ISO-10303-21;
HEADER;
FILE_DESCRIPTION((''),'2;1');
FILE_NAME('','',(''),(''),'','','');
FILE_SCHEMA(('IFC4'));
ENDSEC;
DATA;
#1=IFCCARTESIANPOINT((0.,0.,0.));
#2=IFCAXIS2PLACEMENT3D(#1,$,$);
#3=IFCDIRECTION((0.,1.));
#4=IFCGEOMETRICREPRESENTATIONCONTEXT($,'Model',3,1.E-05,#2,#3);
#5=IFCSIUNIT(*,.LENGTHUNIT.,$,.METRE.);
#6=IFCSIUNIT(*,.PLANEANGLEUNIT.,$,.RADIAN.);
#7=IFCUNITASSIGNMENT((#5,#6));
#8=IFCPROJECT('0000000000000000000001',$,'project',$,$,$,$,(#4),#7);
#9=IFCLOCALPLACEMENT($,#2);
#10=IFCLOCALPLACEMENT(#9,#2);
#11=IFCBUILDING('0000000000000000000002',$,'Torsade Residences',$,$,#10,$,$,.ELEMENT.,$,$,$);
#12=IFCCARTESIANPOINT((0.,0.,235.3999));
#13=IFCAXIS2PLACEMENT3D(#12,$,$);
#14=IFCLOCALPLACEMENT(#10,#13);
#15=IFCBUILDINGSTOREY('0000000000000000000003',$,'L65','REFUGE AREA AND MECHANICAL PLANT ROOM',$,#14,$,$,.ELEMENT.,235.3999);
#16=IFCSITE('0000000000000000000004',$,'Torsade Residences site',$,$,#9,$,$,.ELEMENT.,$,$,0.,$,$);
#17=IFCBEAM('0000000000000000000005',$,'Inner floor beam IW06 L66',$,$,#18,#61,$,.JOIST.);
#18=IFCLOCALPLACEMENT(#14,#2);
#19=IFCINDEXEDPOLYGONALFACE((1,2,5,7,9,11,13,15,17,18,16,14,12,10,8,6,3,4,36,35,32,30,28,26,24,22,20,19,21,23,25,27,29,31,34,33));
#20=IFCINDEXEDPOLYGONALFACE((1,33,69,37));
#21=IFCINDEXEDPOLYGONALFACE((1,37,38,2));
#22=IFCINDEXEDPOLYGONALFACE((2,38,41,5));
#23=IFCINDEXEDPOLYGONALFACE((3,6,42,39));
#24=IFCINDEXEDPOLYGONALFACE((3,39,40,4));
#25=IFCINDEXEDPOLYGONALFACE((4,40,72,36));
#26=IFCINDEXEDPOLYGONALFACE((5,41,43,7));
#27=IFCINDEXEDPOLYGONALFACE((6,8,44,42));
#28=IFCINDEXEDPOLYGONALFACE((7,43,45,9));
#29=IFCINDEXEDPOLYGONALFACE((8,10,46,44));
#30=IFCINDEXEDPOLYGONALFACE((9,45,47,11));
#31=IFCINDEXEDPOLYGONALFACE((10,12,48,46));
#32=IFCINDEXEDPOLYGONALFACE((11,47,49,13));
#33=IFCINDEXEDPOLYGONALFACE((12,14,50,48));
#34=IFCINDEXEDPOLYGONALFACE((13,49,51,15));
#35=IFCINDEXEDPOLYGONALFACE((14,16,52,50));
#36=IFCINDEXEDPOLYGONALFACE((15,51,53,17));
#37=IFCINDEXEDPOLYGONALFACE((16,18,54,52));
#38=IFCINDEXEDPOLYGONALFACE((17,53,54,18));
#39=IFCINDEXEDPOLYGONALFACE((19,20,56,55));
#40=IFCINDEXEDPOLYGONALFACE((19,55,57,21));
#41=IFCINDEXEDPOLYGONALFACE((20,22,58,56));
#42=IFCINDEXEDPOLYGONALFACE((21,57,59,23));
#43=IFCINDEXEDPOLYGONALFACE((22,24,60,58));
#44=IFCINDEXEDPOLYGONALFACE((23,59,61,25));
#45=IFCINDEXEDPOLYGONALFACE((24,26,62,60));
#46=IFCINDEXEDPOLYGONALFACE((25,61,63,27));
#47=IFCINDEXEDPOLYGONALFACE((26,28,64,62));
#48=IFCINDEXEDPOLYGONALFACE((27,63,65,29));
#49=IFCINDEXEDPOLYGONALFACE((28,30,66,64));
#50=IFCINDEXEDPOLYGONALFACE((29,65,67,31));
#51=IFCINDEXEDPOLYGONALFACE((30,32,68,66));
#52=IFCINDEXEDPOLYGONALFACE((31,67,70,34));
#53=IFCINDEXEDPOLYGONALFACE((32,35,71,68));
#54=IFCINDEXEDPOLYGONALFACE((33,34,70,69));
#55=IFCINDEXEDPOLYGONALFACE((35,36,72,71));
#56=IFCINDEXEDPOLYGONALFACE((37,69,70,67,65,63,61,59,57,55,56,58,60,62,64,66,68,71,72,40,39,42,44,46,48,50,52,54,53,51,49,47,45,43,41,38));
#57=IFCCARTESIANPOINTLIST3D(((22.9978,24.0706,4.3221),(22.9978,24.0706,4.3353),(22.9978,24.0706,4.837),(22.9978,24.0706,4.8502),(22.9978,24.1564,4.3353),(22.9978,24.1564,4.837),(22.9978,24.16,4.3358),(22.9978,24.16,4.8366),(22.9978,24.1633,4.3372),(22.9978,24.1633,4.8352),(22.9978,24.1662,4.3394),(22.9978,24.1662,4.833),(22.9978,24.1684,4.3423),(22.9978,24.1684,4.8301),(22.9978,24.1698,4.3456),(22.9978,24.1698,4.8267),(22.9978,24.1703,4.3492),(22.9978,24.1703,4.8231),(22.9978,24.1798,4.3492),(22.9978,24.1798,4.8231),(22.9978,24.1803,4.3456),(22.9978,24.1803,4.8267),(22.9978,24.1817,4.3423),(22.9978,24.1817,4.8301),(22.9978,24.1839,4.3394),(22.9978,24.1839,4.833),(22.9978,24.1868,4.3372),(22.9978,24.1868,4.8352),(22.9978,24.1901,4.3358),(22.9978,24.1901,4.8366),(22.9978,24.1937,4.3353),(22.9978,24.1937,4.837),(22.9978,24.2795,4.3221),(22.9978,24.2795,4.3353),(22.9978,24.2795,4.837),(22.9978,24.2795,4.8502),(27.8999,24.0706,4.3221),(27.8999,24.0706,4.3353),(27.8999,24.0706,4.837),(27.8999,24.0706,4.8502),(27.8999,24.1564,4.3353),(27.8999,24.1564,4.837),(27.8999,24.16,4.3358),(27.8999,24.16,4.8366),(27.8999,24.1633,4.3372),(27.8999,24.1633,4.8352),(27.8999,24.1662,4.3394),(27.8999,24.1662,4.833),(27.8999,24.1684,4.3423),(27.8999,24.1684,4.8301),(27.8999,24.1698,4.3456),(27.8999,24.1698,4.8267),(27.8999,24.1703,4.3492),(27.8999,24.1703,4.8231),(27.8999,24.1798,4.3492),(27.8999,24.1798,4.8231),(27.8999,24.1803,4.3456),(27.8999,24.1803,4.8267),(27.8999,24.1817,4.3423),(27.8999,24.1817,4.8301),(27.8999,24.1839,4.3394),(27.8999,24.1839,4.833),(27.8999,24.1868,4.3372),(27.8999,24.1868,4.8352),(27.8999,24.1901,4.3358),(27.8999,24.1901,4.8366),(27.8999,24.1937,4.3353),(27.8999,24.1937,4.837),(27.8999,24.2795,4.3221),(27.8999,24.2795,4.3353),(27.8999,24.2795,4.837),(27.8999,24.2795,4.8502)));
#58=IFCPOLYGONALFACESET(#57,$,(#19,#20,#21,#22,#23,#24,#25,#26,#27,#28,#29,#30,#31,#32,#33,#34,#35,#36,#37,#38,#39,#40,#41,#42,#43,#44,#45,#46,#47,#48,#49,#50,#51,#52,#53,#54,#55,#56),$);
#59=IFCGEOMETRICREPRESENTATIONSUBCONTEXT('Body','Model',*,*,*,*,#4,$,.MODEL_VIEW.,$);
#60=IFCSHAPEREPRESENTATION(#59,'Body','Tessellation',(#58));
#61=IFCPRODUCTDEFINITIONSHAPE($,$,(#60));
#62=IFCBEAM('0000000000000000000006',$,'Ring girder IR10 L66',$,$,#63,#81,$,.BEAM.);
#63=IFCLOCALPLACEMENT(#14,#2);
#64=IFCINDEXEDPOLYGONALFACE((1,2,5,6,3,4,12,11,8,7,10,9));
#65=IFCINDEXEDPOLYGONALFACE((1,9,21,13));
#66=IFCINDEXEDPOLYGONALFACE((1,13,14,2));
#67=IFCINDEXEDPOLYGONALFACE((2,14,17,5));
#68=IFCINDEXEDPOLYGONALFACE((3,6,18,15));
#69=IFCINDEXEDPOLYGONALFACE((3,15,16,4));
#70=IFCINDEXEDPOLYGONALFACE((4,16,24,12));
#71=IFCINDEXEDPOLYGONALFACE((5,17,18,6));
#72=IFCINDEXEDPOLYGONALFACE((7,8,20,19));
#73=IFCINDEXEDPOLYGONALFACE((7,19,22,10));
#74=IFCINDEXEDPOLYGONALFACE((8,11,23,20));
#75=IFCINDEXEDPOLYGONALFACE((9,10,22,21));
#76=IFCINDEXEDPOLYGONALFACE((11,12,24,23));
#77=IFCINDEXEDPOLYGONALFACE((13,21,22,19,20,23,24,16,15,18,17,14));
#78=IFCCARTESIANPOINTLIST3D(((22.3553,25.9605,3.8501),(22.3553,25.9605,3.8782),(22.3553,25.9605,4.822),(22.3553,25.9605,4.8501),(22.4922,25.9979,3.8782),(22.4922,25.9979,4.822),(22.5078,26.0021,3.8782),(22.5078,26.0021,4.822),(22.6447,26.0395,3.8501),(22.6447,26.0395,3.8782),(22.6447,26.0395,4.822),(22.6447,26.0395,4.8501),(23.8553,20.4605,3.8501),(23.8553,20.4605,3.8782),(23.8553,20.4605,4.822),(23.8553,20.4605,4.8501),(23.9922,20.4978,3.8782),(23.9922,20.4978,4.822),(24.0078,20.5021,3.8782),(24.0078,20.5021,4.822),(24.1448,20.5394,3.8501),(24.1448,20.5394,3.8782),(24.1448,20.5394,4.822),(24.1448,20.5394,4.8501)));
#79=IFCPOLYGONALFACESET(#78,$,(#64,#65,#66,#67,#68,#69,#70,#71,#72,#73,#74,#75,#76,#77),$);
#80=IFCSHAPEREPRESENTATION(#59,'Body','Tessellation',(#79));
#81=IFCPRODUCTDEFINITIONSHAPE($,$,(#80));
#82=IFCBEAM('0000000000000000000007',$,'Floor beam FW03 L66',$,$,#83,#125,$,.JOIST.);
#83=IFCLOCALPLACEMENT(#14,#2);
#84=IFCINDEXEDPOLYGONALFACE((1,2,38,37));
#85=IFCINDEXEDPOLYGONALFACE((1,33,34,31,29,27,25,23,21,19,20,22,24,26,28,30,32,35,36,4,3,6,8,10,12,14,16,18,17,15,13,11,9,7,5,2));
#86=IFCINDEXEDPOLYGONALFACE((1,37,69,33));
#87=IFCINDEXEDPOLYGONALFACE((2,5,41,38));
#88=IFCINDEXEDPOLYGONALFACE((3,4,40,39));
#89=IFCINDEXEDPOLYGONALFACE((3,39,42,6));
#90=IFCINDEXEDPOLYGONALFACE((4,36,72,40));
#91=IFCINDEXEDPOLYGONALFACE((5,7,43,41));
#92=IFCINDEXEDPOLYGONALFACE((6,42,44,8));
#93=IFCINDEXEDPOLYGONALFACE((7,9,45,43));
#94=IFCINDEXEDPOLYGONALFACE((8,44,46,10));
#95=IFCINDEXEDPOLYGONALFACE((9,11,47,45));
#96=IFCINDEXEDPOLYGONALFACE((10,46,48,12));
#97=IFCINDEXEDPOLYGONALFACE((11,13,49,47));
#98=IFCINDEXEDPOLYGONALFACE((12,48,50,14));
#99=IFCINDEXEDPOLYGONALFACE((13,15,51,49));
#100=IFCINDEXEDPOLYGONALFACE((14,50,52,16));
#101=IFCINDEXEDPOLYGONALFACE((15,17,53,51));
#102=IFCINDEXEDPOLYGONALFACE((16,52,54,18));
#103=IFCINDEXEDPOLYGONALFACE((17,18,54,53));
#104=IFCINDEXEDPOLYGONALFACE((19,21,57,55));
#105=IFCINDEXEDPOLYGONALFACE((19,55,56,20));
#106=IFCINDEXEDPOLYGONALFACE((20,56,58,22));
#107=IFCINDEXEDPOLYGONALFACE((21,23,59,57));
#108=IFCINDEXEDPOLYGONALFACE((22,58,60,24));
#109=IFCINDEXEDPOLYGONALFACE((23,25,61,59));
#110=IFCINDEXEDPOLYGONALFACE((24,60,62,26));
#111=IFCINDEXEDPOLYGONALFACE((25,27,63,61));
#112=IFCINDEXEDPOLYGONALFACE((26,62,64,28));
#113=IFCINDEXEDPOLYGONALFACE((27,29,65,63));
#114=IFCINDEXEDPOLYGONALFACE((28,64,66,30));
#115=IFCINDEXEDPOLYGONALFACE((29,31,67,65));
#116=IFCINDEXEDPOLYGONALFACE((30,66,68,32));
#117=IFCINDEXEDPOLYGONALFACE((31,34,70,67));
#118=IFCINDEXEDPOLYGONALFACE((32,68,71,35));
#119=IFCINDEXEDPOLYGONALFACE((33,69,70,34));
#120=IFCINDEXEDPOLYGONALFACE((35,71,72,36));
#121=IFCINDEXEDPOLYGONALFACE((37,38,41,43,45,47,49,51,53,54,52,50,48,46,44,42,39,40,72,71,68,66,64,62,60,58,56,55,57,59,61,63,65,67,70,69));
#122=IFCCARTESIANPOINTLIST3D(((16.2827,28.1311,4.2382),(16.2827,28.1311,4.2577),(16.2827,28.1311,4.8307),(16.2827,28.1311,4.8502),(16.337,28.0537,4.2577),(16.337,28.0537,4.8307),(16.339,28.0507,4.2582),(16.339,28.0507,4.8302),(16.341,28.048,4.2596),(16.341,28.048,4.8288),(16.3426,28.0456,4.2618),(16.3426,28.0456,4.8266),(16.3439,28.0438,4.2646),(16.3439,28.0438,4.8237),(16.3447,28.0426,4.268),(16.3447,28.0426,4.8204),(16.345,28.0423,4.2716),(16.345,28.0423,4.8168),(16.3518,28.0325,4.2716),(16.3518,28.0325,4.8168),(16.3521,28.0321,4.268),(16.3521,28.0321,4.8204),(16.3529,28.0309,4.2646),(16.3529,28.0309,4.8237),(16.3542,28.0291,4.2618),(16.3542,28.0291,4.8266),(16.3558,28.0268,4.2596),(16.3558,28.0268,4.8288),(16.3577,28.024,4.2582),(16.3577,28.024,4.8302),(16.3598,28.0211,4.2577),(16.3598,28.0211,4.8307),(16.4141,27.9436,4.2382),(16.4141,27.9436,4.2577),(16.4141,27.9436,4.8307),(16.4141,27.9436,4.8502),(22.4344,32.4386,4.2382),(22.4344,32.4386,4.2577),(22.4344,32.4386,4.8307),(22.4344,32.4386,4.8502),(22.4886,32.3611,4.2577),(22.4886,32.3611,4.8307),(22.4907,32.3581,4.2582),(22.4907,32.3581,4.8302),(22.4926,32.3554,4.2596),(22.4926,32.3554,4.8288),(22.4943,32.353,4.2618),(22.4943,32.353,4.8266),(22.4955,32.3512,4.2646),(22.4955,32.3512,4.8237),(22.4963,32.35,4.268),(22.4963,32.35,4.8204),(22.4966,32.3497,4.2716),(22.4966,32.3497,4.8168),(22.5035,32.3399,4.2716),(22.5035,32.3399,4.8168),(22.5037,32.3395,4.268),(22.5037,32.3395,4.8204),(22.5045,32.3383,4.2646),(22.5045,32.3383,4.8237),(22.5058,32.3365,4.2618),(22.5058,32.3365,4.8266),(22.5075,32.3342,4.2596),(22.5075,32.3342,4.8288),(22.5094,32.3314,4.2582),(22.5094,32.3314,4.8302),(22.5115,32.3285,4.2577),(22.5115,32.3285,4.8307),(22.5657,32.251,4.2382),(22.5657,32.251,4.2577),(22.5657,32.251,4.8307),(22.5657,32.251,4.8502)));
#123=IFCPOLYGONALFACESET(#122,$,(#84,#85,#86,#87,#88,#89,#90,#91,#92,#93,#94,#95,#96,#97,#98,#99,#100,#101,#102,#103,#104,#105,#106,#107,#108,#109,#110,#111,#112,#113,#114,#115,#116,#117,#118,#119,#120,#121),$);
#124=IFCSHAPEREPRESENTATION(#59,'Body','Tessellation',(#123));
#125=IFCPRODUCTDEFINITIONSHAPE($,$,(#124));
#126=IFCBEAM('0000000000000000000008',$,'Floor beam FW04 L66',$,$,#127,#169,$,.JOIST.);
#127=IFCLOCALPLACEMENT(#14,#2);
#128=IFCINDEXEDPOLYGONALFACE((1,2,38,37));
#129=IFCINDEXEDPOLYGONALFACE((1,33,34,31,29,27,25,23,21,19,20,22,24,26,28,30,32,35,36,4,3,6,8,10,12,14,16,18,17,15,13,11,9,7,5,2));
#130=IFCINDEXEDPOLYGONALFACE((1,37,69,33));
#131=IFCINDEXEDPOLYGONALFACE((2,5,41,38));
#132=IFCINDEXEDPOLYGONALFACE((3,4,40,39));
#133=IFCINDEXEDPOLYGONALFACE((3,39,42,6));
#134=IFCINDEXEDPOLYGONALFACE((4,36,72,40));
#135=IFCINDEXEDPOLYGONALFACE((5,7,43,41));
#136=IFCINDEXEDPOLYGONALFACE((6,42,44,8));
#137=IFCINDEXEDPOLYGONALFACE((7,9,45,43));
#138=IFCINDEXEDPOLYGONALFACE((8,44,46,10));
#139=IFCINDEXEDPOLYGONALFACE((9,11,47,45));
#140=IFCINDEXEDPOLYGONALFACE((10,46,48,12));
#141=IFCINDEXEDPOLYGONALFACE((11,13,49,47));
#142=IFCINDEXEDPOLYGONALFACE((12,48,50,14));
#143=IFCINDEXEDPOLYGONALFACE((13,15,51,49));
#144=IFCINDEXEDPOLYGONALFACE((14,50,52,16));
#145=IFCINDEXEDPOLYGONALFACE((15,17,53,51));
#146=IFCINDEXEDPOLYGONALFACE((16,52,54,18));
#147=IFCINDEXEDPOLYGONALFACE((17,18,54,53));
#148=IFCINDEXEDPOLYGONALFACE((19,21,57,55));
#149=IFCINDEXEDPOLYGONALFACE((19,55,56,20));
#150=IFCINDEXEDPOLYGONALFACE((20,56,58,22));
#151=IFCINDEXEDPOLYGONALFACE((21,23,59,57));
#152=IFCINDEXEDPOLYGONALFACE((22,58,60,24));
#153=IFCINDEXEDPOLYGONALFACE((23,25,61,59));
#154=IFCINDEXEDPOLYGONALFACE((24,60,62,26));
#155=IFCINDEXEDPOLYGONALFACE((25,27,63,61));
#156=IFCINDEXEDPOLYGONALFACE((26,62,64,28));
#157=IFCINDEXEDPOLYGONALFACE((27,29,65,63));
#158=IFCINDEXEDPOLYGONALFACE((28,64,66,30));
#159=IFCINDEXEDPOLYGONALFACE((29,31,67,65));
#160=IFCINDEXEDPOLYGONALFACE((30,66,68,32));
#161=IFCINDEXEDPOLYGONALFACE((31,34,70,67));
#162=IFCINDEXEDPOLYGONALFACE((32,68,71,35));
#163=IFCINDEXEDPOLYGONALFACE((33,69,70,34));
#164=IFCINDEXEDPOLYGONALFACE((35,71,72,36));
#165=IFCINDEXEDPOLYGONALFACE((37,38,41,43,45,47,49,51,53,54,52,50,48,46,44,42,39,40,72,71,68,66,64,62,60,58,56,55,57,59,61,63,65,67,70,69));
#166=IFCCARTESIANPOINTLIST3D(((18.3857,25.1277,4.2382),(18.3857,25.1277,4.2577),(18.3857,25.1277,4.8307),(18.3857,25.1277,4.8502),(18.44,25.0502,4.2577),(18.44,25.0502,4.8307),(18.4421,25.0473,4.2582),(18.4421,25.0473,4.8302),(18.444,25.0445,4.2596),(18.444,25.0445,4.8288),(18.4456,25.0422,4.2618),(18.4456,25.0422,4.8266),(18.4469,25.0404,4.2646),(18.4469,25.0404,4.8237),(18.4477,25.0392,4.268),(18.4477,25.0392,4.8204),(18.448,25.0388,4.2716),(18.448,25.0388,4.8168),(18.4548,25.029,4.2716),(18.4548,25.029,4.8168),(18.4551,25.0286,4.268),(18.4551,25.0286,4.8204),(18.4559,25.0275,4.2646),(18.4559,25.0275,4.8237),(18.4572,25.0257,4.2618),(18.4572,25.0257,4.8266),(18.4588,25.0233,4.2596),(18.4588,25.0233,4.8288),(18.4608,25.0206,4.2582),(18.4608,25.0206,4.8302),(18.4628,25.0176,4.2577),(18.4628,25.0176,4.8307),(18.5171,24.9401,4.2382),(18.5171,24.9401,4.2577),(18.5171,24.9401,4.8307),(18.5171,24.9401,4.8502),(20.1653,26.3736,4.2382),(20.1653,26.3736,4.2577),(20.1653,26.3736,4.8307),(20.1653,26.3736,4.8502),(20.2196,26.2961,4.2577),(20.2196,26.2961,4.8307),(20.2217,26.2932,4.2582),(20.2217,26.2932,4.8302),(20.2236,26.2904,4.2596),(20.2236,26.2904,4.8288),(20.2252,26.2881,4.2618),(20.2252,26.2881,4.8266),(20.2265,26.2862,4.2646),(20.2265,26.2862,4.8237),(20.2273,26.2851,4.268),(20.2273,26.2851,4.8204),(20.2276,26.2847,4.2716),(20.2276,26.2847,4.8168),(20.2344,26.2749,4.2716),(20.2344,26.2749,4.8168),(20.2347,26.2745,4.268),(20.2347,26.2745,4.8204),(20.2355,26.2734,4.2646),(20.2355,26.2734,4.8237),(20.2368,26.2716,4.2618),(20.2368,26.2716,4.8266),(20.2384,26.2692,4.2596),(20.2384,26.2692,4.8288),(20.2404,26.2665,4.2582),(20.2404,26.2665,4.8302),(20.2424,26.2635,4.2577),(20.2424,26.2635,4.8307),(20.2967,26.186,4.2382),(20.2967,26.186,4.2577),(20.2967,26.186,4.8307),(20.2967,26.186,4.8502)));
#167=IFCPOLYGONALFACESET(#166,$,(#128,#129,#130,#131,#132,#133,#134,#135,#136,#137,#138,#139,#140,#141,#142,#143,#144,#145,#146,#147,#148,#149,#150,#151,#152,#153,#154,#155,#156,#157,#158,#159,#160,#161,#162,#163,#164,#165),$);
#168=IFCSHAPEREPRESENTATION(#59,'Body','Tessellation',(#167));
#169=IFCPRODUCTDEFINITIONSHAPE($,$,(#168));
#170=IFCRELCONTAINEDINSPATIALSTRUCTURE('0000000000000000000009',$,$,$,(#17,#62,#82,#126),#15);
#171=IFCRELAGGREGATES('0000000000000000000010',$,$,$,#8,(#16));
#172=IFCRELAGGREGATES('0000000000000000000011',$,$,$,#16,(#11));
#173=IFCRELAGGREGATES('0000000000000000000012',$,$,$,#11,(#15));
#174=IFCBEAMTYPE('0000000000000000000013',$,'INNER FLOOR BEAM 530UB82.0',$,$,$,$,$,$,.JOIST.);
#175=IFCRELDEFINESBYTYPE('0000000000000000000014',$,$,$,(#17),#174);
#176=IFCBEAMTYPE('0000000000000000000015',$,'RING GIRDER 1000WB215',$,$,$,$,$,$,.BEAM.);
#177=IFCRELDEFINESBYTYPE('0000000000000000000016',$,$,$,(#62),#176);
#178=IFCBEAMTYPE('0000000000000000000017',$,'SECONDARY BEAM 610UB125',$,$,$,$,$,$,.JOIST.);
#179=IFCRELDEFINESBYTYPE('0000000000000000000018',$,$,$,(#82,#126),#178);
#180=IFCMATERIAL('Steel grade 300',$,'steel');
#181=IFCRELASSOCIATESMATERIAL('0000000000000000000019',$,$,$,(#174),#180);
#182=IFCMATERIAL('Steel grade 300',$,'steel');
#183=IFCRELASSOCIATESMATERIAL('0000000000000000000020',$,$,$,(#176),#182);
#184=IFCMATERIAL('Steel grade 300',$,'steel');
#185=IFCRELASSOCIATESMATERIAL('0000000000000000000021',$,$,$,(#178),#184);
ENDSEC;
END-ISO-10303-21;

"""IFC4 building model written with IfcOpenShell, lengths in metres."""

from ifc_helpers import new_model, si_unit, direction, frame, origin, origin_2d, place, context, subcontext, project, spatial, i_section, extrude, material, material_profile, profile_set, type_object, element, save


model = new_model("IFC4")

# Units and contexts
model_context = context("Model", 3, precision=1e-05, world=origin(), true_north=direction((0.0, 1.0)))
body_context = subcontext(model_context, "Body", "Model", "MODEL_VIEW")
ifc_project = project(units=[si_unit("LENGTHUNIT", "METRE"), si_unit("PLANEANGLEUNIT", "RADIAN")], contexts=[model_context])

# Site, building, storey
site_placement = place(None, origin())
site = spatial("IfcSite", under=ifc_project, at=site_placement, Name="Torsade Residences site", CompositionType="ELEMENT", RefElevation=0.0)
building_placement = place(site_placement, origin())
building = spatial("IfcBuilding", under=site, at=building_placement, Name="Torsade Residences", CompositionType="ELEMENT")
storey_placement = place(building_placement, frame((0.0, 0.0, 235.3999)))
storey = spatial("IfcBuildingStorey", under=building, at=storey_placement, Name="L65", Description="REFUGE AREA AND MECHANICAL PLANT ROOM", CompositionType="ELEMENT", Elevation=235.3999)

# Beams
ifc_material_1 = material(Name="Steel grade 300", Category="steel")
ifc_material_profile_1 = material_profile(ifc_material_1, i_section(OverallWidth=0.209, OverallDepth=0.5281, WebThickness=0.0095, FlangeThickness=0.0132, FilletRadius=0.0139, at=origin_2d()), Name="530UB82.0")
ifc_profile_set_1 = profile_set([ifc_material_profile_1], Name="Steel grade 300")
beam_type_1 = type_object("IfcBeamType", Name="INNER FLOOR BEAM 530UB82.0", PredefinedType="JOIST", material=ifc_profile_set_1)
beam_1_placement = place(storey_placement, frame((27.8999, 24.175, 4.5862), z_axis=(-1.0, 0.0, 0.0), x_axis=(0.0, -1.0, 0.0)))
element("IfcBeam", 1, at=beam_1_placement, inside=storey, type_object=beam_type_1, Name="Inner floor beam IW06 L66", PredefinedType="JOIST", context=body_context, shape_type="SweptSolid", body=[
    extrude(i_section(OverallWidth=0.209, OverallDepth=0.5281, WebThickness=0.0095, FlangeThickness=0.0132, FilletRadius=0.0139, at=origin_2d()), origin(), (0.0, 0.0, 1.0), 4.9021),
])
ifc_material_2 = material(Name="Steel grade 300", Category="steel")
ifc_material_profile_2 = material_profile(ifc_material_2, i_section(OverallWidth=0.3, OverallDepth=1.0, WebThickness=0.0161, FlangeThickness=0.0281, at=origin_2d()), Name="1000WB215")
ifc_profile_set_2 = profile_set([ifc_material_profile_2], Name="Steel grade 300")
beam_type_2 = type_object("IfcBeamType", Name="RING GIRDER 1000WB215", PredefinedType="BEAM", material=ifc_profile_set_2)
beam_2_placement = place(storey_placement, frame((22.5, 26.0, 4.3501), z_axis=(0.263117, -0.964764, 0.0), x_axis=(0.964764, 0.263117, 0.0)))
element("IfcBeam", 2, at=beam_2_placement, inside=storey, type_object=beam_type_2, Name="Ring girder IR10 L66", PredefinedType="BEAM", context=body_context, shape_type="SweptSolid", body=[
    extrude(i_section(OverallWidth=0.3, OverallDepth=1.0, WebThickness=0.0161, FlangeThickness=0.0281, at=origin_2d()), origin(), (0.0, 0.0, 1.0), 5.7009),
])
ifc_material_3 = material(Name="Steel grade 300", Category="steel")
ifc_material_profile_3 = material_profile(ifc_material_3, i_section(OverallWidth=0.229, OverallDepth=0.6121, WebThickness=0.012, FlangeThickness=0.0195, FilletRadius=0.0139, at=origin_2d()), Name="610UB125")
ifc_profile_set_3 = profile_set([ifc_material_profile_3], Name="Steel grade 300")
beam_type_3 = type_object("IfcBeamType", Name="SECONDARY BEAM 610UB125", PredefinedType="JOIST", material=ifc_profile_set_3)
beam_3_placement = place(storey_placement, frame((16.3484, 28.0374, 4.5442), z_axis=(0.819154, 0.573574, 0.0), x_axis=(-0.573574, 0.819154, 0.0)))
element("IfcBeam", 3, at=beam_3_placement, inside=storey, type_object=beam_type_3, Name="Floor beam FW03 L66", PredefinedType="JOIST", context=body_context, shape_type="SweptSolid", body=[
    extrude(i_section(OverallWidth=0.229, OverallDepth=0.6121, WebThickness=0.012, FlangeThickness=0.0195, FilletRadius=0.0139, at=origin_2d()), origin(), (0.0, 0.0, 1.0), 7.5098),
])
beam_4_placement = place(storey_placement, frame((18.4514, 25.0339, 4.5442), z_axis=(0.819195, 0.573515, 0.0), x_axis=(-0.573515, 0.819195, 0.0)))
element("IfcBeam", 4, at=beam_4_placement, inside=storey, type_object=beam_type_3, Name="Floor beam FW04 L66", PredefinedType="JOIST", context=body_context, shape_type="SweptSolid", body=[
    extrude(i_section(OverallWidth=0.229, OverallDepth=0.6121, WebThickness=0.012, FlangeThickness=0.0195, FilletRadius=0.0139, at=origin_2d()), origin(), (0.0, 0.0, 1.0), 2.1724),
])

save(model, "model.ifc")
